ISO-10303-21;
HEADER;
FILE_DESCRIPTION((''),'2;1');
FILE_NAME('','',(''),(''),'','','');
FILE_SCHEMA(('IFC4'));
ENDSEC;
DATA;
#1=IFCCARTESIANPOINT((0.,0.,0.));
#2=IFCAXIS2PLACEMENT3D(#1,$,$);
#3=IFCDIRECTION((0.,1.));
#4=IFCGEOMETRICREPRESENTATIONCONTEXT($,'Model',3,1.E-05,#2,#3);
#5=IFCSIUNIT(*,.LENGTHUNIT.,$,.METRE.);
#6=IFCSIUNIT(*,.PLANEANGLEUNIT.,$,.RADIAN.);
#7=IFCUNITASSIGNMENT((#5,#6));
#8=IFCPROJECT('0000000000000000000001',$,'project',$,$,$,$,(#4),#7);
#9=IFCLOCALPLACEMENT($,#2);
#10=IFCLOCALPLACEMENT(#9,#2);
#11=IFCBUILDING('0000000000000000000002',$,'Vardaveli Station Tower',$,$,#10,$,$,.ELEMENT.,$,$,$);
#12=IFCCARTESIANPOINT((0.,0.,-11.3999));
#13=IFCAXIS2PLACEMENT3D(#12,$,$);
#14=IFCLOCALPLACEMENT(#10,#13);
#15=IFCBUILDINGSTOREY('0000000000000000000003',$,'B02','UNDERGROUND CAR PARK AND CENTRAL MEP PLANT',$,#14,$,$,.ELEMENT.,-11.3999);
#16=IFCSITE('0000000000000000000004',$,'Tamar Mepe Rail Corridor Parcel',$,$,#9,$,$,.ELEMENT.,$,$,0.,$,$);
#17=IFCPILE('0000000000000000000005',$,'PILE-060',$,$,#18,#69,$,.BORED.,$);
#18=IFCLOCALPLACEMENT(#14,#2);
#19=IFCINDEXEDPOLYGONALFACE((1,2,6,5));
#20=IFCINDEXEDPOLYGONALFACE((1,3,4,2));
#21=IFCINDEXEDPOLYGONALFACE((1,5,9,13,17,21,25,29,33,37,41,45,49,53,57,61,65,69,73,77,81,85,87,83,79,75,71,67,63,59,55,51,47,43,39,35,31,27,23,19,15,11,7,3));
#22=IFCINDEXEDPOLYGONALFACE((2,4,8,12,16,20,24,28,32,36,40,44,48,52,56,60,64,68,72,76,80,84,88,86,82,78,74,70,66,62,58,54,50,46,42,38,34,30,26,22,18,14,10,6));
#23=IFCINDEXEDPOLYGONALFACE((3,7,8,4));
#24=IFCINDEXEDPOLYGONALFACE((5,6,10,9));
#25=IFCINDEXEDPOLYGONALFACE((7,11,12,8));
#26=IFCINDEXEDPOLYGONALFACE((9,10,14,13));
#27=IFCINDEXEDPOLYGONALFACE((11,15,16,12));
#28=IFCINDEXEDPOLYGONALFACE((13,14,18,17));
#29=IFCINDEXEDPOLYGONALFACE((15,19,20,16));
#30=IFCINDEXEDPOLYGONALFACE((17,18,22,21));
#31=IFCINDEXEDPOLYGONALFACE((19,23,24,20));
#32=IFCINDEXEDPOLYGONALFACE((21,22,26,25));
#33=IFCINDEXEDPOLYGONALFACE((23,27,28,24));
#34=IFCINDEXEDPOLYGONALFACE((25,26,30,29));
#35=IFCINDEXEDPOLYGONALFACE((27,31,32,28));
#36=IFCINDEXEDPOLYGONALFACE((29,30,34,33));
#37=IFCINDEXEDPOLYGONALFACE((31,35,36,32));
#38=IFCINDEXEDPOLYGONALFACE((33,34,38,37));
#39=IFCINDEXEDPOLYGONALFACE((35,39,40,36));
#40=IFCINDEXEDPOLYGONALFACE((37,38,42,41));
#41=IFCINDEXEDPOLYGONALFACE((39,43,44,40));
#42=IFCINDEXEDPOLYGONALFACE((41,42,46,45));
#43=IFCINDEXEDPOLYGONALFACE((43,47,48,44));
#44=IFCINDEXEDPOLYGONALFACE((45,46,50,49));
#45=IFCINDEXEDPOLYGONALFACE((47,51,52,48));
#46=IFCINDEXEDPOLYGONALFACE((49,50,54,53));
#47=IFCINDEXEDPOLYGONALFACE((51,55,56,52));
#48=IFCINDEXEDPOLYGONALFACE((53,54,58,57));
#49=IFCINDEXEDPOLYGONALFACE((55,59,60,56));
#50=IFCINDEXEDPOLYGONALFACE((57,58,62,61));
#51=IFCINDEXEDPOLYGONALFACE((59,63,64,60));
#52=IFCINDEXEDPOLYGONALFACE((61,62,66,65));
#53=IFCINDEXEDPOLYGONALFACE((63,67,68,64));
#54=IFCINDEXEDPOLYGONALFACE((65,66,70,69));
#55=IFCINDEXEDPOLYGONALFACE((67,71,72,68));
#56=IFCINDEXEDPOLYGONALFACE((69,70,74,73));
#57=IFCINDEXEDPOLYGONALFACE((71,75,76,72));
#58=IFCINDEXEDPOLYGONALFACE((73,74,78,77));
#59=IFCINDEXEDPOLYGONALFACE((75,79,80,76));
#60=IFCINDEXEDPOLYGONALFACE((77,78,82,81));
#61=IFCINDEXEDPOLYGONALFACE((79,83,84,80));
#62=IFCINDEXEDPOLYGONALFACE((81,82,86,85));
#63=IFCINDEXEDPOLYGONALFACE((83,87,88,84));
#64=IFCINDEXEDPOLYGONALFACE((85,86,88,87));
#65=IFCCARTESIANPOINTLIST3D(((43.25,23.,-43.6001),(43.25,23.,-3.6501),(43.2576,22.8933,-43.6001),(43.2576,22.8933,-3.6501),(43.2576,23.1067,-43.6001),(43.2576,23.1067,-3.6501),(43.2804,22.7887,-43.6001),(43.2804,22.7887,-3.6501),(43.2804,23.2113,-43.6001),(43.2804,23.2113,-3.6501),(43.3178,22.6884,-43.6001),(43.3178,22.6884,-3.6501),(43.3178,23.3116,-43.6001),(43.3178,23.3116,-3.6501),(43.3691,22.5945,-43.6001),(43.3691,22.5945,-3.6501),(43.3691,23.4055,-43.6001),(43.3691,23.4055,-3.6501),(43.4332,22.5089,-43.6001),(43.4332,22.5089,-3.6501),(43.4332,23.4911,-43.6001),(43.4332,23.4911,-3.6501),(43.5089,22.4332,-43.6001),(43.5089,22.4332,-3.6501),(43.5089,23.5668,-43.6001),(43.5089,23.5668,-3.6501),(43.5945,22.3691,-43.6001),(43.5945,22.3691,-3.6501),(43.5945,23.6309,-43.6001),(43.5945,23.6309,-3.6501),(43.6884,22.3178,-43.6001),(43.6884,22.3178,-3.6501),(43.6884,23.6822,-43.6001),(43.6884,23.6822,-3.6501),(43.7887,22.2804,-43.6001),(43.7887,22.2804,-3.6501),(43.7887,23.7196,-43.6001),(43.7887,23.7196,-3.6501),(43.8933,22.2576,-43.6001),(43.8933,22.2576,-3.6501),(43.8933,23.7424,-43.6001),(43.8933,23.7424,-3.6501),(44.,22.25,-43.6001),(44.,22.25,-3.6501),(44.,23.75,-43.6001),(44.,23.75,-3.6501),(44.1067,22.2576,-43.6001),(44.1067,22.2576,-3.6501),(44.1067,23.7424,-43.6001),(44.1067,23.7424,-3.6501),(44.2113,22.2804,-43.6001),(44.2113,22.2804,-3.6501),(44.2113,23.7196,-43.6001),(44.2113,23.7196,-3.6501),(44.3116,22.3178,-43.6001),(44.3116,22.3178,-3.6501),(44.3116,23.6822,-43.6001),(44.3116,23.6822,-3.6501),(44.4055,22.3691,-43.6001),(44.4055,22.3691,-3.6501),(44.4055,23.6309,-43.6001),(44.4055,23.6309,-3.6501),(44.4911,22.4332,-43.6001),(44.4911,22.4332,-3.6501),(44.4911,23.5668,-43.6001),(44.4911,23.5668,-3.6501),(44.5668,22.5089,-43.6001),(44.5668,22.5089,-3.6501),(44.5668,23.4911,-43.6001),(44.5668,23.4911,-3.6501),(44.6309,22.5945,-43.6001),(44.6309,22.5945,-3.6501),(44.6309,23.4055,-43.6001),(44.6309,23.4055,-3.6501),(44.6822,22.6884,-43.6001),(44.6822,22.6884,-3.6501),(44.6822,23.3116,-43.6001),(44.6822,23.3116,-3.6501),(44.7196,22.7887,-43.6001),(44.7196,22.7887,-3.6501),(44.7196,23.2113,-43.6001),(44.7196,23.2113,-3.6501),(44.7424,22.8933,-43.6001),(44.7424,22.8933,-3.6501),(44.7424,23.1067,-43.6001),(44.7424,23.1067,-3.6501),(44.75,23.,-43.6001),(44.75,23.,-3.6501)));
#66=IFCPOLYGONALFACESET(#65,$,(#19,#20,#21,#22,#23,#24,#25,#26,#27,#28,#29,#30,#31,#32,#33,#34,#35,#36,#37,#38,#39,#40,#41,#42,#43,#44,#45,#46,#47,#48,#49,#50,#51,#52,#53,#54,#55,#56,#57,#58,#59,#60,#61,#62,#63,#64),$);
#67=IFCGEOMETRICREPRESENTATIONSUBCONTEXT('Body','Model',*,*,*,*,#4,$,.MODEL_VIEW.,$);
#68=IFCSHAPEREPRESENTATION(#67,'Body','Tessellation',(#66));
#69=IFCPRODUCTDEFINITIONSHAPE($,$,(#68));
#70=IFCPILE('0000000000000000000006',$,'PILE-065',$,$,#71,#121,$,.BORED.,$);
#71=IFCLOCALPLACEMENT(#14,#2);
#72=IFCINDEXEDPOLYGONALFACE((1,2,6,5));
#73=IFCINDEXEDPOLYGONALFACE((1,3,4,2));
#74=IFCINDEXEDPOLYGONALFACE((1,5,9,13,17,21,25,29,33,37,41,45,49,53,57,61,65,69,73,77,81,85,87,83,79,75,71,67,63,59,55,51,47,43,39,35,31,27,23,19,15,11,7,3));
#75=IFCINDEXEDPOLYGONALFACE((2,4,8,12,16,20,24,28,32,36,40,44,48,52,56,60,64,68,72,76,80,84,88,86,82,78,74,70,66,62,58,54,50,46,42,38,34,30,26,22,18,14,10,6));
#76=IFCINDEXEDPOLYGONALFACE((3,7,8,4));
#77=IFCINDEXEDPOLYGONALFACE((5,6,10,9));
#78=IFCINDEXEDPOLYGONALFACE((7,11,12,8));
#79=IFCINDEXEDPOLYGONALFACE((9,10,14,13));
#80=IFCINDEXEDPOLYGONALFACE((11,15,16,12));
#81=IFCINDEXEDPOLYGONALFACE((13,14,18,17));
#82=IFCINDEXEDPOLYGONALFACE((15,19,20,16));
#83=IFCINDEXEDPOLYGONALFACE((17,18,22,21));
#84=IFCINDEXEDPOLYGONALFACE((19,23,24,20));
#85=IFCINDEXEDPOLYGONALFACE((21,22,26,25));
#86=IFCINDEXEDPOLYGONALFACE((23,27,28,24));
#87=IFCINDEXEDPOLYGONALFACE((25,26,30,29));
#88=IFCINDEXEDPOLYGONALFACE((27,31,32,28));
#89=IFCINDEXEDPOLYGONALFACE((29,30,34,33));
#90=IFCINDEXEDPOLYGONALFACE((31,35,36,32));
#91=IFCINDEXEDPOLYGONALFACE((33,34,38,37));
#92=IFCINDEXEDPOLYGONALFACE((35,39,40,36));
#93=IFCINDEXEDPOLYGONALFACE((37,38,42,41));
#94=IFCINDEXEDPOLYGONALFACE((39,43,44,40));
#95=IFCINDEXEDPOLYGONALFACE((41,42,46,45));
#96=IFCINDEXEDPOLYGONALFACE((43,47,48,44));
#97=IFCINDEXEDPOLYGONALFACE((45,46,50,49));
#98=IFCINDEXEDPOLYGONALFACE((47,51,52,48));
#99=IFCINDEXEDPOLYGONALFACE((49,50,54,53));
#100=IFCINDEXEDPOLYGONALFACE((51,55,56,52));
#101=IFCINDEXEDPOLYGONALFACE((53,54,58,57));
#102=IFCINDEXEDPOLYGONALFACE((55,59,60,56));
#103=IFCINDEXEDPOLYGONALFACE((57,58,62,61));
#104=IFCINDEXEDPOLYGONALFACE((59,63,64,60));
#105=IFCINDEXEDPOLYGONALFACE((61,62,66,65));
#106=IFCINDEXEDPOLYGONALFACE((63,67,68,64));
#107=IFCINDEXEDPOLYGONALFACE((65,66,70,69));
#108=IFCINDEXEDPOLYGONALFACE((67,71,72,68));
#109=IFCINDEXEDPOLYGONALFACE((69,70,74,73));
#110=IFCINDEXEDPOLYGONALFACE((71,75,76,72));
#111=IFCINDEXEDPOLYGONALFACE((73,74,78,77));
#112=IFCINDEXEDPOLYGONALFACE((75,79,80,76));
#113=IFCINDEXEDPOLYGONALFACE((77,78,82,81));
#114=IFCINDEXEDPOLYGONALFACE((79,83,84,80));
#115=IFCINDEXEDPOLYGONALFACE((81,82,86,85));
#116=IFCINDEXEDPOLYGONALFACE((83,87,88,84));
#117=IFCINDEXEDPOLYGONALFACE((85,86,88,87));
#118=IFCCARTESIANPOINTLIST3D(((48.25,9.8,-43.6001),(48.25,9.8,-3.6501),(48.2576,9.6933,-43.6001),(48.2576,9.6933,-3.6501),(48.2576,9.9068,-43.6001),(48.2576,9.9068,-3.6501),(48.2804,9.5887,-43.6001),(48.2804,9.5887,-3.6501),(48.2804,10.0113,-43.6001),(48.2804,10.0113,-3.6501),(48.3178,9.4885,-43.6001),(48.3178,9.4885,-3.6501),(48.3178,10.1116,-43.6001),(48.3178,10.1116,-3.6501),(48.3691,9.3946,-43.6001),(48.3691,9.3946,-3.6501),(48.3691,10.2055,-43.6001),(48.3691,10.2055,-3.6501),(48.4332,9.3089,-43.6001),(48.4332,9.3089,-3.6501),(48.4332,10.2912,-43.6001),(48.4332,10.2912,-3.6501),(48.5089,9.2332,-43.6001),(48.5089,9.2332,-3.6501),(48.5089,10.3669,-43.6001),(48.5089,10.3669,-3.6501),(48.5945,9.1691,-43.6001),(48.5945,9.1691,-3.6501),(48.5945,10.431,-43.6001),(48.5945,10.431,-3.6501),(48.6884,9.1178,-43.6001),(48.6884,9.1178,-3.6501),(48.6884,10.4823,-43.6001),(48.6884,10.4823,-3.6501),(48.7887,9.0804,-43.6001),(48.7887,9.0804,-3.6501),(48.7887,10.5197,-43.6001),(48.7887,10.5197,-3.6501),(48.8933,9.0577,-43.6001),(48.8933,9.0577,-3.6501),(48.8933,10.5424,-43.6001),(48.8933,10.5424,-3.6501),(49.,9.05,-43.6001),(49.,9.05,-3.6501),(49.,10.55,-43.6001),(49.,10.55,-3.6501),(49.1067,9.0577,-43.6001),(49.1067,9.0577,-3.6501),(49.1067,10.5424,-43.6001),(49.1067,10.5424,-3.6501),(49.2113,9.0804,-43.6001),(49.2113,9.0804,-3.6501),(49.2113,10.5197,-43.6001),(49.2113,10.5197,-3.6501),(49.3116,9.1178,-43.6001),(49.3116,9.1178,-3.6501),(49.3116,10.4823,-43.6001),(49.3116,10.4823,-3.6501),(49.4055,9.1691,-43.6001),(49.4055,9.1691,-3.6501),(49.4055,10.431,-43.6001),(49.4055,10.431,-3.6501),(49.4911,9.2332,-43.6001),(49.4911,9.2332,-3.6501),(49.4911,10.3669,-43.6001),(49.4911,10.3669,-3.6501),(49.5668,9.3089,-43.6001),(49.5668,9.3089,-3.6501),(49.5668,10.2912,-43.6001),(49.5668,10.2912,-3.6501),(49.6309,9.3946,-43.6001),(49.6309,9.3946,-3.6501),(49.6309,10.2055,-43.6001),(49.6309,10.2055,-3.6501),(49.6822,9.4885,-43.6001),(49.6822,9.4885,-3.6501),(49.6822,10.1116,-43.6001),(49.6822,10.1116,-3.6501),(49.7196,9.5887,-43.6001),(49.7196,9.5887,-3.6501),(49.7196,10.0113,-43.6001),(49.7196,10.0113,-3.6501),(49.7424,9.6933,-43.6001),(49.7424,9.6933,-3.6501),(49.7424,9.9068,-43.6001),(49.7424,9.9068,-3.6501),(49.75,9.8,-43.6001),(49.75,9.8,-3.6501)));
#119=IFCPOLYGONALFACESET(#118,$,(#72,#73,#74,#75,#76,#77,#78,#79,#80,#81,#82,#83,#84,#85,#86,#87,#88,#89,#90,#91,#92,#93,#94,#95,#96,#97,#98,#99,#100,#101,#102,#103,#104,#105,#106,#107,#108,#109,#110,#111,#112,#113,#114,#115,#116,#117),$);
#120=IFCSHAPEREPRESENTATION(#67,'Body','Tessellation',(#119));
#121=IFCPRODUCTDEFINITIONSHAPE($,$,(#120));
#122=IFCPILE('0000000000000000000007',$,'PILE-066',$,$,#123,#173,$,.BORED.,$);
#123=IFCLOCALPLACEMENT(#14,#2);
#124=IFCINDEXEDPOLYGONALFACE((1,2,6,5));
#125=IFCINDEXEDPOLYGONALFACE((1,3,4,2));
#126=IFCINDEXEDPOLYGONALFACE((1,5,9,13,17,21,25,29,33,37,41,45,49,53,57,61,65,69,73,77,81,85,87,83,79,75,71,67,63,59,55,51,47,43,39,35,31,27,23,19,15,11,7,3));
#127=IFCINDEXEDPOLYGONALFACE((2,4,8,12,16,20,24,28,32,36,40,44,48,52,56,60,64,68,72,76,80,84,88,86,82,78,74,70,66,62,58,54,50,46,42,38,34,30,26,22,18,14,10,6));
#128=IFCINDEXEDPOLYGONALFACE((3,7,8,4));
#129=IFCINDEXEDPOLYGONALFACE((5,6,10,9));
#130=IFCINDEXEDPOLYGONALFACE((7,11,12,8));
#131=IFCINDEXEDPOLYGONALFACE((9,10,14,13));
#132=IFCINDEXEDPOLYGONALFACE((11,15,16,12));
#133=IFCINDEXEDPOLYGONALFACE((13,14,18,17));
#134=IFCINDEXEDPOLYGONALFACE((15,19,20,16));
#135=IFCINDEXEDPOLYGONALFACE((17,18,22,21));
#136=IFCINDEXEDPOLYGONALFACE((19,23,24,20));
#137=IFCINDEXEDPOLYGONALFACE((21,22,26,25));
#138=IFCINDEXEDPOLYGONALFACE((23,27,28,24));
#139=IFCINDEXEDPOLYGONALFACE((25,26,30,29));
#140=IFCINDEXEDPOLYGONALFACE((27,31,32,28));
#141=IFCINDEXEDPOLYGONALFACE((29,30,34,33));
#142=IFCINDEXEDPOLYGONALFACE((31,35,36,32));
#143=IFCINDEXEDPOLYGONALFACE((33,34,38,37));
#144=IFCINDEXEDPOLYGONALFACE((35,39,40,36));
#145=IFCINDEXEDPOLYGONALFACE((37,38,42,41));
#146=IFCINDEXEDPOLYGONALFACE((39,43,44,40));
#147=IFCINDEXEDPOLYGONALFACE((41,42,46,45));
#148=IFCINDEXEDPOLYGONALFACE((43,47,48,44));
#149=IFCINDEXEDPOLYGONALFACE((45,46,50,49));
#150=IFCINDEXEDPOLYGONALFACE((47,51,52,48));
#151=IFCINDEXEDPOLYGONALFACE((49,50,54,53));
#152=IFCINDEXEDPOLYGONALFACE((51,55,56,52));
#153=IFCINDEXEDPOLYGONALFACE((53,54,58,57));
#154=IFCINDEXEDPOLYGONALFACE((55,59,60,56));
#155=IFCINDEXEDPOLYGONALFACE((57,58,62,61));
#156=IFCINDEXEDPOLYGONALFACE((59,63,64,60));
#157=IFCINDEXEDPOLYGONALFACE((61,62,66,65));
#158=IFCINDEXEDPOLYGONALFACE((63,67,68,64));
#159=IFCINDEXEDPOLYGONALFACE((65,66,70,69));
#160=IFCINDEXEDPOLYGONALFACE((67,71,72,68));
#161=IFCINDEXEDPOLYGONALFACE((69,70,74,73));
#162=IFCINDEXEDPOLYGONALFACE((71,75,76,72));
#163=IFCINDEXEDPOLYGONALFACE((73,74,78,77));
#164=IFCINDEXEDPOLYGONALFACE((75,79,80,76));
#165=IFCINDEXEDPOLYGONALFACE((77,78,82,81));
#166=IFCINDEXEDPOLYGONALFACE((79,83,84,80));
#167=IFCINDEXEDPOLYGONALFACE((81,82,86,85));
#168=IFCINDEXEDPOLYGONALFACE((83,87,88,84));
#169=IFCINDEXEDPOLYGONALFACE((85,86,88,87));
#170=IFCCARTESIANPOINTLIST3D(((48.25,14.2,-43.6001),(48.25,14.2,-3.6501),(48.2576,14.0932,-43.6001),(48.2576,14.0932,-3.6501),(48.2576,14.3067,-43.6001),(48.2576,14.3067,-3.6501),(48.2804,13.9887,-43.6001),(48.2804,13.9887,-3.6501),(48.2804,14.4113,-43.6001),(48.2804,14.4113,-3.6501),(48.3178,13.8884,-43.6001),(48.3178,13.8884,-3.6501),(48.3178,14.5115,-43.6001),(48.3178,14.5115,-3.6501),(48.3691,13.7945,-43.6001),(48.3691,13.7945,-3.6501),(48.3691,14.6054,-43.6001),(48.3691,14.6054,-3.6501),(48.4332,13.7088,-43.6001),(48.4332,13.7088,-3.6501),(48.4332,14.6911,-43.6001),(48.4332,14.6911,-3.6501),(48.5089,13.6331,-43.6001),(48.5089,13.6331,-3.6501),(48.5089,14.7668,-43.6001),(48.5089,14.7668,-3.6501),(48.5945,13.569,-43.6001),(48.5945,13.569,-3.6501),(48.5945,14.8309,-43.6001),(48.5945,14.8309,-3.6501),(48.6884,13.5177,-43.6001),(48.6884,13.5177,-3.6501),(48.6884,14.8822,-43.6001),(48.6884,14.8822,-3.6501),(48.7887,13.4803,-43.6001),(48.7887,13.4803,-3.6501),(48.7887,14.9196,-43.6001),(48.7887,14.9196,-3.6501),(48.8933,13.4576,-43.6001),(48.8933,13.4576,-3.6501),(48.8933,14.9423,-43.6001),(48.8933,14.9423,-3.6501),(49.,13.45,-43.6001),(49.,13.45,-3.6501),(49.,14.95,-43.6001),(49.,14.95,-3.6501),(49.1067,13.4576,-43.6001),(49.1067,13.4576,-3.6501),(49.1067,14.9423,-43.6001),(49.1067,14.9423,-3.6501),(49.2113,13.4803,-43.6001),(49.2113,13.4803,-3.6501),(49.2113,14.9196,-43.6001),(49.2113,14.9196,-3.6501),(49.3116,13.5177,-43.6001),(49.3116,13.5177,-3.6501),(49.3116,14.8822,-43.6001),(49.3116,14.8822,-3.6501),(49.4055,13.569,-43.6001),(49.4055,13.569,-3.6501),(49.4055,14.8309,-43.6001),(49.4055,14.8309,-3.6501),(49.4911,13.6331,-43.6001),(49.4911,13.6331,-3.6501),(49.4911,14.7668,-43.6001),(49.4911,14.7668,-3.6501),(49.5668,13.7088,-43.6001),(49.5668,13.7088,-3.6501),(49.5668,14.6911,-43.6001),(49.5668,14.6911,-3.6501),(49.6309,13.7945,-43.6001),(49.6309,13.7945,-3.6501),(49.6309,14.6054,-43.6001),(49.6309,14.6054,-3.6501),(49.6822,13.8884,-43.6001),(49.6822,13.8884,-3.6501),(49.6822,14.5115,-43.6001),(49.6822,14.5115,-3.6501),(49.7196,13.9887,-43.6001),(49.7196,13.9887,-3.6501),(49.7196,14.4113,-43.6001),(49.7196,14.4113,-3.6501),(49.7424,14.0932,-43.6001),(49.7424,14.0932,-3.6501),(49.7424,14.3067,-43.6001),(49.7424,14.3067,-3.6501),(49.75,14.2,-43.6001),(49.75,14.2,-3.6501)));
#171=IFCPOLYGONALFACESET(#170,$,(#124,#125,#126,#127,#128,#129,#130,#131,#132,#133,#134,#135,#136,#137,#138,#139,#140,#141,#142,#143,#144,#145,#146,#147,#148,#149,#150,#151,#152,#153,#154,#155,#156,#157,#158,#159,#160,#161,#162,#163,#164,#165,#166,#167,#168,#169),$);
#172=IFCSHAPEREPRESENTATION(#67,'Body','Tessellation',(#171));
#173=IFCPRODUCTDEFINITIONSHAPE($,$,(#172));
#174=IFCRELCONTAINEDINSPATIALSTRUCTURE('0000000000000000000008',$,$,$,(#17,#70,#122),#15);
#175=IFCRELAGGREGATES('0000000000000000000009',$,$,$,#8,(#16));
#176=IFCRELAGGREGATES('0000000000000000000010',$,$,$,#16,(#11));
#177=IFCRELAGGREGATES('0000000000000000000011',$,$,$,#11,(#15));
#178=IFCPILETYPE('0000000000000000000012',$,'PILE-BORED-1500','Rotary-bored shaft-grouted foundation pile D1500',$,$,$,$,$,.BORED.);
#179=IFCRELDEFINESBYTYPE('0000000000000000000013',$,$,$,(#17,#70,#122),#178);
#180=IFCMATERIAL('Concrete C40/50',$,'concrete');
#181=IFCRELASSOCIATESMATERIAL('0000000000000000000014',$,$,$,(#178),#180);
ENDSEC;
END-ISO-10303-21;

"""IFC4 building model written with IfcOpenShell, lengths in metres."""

from ifc_helpers import new_model, si_unit, direction, frame, origin, origin_2d, place, context, subcontext, project, spatial, circle, extrude, source, transform, mapped, material, material_profile, profile_set, type_object, element, save


model = new_model("IFC4")

# Units and contexts
model_context = context("Model", 3, precision=1e-05, world=origin(), true_north=direction((0.0, 1.0)))
body_context = subcontext(model_context, "Body", "Model", "MODEL_VIEW")
ifc_project = project(units=[si_unit("LENGTHUNIT", "METRE"), si_unit("PLANEANGLEUNIT", "RADIAN")], contexts=[model_context])

# Site, building, storey
site_placement = place(None, origin())
site = spatial("IfcSite", under=ifc_project, at=site_placement, Name="Tamar Mepe Rail Corridor Parcel", CompositionType="ELEMENT", RefElevation=0.0)
building_placement = place(site_placement, origin())
building = spatial("IfcBuilding", under=site, at=building_placement, Name="Vardaveli Station Tower", CompositionType="ELEMENT")
storey_placement = place(building_placement, frame((0.0, 0.0, -11.3999)))
storey = spatial("IfcBuildingStorey", under=building, at=storey_placement, Name="B02", Description="UNDERGROUND CAR PARK AND CENTRAL MEP PLANT", CompositionType="ELEMENT", Elevation=-11.3999)

# Piles
ifc_material_1 = material(Name="Concrete C40/50", Category="concrete")
ifc_material_profile_1 = material_profile(ifc_material_1, circle(Radius=0.75, at=origin_2d()), Name="PILE D1500")
ifc_profile_set_1 = profile_set([ifc_material_profile_1], Name="Concrete C40/50")
pile_type_1 = type_object("IfcPileType", Name="PILE-BORED-1500", Description="Rotary-bored shaft-grouted foundation pile D1500", PredefinedType="BORED", material=ifc_profile_set_1)
shared_shape_1 = source(origin(), body_context, "Body", "SweptSolid", [
    extrude(circle(Radius=0.75, at=origin_2d()), origin(), (0.0, 0.0, 1.0), 39.95),
])
for number, where, z_axis, x_axis, name in (
    (1, (44.0, 23.0, -3.6501), (0.0, 0.0, -1.0), (1.0, 0.0, 0.0), "PILE-060"),
    (2, (49.0, 9.8, -3.6501), (0.0, 0.0, -1.0), (1.0, 0.0, 0.0), "PILE-065"),
    (3, (49.0, 14.2, -3.6501), (0.0, 0.0, -1.0), (1.0, 0.0, 0.0), "PILE-066"),
):
    element("IfcPile", number, at=place(storey_placement, frame(where, z_axis=z_axis, x_axis=x_axis)), inside=storey, type_object=pile_type_1, Name=name, PredefinedType="BORED", context=body_context, shape_type="MappedRepresentation", body=[
        mapped(shared_shape_1, transform((0.0, 0.0, 0.0), scale=1.0)),
    ])

save(model, "model.ifc")
